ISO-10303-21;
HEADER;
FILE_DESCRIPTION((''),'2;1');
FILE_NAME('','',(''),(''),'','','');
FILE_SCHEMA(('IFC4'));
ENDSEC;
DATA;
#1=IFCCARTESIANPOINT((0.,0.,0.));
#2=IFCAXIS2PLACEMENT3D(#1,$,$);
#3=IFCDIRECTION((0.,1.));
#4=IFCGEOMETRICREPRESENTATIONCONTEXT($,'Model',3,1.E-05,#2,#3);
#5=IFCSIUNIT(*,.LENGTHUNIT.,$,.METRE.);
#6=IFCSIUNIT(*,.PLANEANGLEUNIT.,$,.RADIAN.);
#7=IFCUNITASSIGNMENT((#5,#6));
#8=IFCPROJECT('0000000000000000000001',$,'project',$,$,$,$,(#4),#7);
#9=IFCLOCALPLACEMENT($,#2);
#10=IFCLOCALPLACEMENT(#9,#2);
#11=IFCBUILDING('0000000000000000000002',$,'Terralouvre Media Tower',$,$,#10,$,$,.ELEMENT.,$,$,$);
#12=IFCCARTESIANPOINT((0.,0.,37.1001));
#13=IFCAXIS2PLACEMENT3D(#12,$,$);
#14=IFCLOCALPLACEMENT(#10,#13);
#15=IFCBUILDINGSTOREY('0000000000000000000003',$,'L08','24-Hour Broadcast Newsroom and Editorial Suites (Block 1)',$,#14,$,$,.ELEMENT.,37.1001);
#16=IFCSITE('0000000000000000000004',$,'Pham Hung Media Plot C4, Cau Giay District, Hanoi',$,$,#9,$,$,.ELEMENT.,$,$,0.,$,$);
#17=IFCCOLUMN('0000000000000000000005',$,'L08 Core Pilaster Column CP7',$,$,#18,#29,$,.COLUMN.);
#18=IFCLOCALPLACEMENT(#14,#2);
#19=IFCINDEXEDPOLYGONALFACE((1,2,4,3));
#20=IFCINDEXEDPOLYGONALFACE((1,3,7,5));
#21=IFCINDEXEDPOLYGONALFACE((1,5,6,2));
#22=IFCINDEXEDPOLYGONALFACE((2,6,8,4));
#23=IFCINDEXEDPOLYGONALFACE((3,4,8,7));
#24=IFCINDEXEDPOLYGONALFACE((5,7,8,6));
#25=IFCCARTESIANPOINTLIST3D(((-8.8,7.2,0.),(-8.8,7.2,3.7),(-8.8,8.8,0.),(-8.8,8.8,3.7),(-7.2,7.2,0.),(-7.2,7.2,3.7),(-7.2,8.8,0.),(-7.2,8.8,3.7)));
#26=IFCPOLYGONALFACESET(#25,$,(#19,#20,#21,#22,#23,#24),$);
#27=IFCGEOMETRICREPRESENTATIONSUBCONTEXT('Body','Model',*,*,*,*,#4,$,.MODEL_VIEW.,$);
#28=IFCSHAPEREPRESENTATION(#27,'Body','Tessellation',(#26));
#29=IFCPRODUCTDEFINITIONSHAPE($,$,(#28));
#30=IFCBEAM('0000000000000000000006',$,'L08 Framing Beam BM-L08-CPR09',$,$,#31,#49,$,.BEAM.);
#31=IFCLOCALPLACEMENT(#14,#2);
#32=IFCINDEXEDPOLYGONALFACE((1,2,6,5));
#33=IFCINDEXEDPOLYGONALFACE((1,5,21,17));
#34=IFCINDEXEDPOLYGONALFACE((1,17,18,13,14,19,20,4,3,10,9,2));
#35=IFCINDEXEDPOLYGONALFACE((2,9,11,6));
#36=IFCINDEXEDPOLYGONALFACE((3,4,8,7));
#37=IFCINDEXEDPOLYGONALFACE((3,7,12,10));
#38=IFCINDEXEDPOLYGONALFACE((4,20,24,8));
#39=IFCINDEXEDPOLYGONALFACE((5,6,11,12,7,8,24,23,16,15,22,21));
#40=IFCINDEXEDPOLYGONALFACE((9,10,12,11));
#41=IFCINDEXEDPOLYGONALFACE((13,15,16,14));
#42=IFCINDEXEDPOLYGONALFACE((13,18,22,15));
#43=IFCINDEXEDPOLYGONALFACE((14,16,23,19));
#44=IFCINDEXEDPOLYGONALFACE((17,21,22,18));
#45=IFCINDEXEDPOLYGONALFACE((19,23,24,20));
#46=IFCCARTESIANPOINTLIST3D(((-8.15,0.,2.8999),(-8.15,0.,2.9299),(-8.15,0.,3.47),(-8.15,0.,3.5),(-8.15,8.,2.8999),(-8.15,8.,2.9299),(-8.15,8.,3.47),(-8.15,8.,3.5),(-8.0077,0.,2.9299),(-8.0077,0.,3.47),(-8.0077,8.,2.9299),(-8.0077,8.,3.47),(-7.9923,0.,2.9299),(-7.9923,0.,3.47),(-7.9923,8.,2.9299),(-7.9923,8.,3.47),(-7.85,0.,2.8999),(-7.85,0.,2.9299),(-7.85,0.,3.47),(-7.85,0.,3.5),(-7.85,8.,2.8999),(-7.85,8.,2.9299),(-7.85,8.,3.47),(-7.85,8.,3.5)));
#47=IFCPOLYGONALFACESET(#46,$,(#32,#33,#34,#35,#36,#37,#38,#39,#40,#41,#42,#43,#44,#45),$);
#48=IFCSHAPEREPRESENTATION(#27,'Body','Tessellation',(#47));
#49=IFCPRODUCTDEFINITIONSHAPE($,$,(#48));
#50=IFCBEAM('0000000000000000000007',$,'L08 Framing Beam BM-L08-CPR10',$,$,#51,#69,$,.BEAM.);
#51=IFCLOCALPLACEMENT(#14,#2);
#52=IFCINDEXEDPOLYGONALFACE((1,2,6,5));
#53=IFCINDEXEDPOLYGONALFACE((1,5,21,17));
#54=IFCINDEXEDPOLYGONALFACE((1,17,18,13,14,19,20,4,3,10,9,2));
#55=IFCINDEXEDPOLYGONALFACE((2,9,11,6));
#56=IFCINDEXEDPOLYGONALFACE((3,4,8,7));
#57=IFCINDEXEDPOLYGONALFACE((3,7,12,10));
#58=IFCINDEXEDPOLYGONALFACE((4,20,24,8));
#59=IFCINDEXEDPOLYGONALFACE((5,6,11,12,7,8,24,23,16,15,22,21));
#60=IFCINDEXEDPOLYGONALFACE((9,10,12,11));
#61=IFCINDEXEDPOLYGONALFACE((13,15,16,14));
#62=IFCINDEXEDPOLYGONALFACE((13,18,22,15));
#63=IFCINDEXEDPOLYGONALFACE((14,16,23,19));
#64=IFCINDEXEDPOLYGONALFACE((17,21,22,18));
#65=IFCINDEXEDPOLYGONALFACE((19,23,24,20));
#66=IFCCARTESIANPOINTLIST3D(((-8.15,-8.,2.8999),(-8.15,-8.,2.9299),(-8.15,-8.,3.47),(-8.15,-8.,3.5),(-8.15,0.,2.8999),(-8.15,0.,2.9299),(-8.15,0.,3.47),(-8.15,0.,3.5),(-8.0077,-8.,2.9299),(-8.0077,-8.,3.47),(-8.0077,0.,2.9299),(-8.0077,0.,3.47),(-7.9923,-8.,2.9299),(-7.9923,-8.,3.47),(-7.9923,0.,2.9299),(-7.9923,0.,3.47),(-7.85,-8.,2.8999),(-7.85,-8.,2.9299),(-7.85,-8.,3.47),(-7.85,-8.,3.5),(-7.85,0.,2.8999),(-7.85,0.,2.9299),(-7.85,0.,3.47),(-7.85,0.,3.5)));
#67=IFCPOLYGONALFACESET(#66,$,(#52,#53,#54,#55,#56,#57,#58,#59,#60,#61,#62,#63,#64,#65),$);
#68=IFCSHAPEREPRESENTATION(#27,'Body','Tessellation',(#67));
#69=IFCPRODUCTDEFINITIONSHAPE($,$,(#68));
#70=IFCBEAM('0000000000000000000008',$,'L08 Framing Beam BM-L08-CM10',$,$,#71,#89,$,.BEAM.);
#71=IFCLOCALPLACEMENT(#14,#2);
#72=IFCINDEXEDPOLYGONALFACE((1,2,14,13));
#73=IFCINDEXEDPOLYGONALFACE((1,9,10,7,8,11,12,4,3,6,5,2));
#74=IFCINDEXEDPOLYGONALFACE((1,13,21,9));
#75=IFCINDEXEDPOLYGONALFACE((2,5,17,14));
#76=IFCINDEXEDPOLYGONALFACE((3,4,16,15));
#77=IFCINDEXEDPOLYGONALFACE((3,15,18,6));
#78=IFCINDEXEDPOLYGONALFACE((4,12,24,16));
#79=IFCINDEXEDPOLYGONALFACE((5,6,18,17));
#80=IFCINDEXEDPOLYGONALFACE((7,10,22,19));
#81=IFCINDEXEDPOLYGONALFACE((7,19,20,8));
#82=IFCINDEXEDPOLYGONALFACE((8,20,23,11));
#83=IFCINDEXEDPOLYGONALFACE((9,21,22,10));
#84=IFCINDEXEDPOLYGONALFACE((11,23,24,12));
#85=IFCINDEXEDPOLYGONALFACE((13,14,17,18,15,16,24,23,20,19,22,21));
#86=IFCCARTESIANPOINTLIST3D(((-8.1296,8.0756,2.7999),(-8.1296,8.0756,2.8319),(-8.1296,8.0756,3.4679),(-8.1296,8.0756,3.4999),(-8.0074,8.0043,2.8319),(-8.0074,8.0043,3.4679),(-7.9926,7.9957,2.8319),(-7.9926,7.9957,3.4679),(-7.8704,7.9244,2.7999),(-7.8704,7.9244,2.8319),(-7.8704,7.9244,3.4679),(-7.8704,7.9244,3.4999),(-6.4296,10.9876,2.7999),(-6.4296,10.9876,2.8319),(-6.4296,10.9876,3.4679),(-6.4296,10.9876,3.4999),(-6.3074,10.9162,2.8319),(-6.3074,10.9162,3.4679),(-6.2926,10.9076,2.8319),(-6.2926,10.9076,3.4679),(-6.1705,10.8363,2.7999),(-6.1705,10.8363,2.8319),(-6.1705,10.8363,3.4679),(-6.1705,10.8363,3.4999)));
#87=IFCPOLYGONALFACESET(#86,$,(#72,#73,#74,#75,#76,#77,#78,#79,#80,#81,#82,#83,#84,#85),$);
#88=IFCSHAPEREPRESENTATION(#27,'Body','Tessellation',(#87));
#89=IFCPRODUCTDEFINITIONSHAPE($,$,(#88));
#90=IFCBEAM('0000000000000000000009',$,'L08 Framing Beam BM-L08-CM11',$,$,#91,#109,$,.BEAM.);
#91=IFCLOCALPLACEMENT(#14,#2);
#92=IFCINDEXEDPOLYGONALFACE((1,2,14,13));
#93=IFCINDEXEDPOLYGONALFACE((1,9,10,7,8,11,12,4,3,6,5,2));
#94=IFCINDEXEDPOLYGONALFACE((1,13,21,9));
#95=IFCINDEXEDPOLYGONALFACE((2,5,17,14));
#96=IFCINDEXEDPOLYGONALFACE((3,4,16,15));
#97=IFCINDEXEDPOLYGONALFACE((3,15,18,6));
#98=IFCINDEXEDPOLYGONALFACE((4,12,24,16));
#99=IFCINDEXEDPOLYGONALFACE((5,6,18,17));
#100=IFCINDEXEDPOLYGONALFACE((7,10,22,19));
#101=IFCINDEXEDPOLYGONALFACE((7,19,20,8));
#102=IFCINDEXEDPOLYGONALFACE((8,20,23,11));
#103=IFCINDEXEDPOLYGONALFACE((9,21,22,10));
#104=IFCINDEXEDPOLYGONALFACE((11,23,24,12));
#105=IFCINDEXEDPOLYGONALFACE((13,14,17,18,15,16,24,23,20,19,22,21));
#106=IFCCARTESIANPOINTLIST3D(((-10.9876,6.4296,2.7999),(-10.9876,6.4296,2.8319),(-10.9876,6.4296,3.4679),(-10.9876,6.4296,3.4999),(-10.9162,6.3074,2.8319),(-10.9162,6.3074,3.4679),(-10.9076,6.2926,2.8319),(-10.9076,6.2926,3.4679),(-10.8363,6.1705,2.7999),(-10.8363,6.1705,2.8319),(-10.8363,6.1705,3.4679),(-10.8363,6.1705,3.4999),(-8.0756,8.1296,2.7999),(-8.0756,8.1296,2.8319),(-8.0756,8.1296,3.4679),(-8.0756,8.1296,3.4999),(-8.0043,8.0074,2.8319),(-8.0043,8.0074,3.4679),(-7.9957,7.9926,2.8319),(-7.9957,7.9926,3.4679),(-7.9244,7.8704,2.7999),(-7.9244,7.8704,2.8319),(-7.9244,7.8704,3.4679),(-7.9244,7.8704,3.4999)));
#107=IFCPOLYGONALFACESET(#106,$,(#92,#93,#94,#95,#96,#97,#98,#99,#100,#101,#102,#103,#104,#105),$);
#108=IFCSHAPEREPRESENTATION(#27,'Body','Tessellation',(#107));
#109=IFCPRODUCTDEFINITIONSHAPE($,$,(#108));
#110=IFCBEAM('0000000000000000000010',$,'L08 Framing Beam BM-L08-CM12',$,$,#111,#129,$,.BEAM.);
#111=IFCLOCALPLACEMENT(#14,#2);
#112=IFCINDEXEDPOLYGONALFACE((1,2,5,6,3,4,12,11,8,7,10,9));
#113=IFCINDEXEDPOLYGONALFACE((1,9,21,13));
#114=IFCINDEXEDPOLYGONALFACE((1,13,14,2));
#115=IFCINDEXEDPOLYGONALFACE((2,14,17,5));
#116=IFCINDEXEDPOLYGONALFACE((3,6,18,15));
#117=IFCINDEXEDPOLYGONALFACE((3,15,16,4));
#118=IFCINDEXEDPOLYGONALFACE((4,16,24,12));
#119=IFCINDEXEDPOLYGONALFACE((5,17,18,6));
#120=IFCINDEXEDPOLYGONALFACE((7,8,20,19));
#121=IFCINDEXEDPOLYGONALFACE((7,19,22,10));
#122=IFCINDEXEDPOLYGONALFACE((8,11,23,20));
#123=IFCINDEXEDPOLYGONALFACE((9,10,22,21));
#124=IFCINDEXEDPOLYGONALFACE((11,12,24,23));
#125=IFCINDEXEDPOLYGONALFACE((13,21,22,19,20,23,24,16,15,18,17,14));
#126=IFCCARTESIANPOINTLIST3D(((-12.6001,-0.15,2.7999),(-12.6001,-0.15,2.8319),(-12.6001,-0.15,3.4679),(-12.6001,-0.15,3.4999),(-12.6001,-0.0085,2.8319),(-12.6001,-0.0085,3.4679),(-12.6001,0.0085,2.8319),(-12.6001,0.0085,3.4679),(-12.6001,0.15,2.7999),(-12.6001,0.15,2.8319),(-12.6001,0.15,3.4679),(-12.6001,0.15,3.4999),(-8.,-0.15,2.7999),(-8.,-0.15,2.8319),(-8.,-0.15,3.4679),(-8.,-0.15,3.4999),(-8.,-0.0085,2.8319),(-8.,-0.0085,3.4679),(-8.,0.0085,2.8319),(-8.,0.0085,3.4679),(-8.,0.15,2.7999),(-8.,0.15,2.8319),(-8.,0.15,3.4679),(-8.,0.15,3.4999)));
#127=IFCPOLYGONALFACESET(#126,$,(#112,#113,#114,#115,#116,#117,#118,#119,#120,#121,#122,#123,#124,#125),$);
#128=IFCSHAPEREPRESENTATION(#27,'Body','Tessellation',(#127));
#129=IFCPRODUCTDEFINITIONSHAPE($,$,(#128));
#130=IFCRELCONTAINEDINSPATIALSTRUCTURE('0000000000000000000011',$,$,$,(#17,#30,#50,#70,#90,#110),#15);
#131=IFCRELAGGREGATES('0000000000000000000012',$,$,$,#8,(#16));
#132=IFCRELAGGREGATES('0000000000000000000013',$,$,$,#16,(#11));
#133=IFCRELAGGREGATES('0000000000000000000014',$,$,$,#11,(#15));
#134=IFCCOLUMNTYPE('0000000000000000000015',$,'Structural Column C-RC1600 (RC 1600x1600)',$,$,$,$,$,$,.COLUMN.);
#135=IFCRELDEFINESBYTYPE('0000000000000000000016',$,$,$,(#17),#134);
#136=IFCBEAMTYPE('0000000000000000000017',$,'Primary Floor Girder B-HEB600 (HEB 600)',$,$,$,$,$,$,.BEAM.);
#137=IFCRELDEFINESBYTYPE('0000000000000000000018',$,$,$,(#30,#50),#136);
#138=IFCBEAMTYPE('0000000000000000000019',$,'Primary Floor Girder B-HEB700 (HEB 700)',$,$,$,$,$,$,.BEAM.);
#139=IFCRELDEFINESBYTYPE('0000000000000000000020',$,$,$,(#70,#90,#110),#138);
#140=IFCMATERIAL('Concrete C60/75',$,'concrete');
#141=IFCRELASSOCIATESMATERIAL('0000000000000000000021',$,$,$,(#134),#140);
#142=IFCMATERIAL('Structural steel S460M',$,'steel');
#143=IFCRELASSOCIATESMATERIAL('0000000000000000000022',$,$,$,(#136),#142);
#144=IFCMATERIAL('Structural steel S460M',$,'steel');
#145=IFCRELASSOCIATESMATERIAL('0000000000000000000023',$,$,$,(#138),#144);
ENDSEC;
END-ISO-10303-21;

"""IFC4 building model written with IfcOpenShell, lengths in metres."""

from ifc_helpers import new_model, si_unit, direction, frame, origin, origin_2d, place, context, subcontext, project, spatial, rectangle, i_section, extrude, material, material_profile, profile_set, type_object, element, save


model = new_model("IFC4")

# Units and contexts
model_context = context("Model", 3, precision=1e-05, world=origin(), true_north=direction((0.0, 1.0)))
body_context = subcontext(model_context, "Body", "Model", "MODEL_VIEW")
ifc_project = project(units=[si_unit("LENGTHUNIT", "METRE"), si_unit("PLANEANGLEUNIT", "RADIAN")], contexts=[model_context])

# Site, building, storey
site_placement = place(None, origin())
site = spatial("IfcSite", under=ifc_project, at=site_placement, Name="Pham Hung Media Plot C4, Cau Giay District, Hanoi", CompositionType="ELEMENT", RefElevation=0.0)
building_placement = place(site_placement, origin())
building = spatial("IfcBuilding", under=site, at=building_placement, Name="Terralouvre Media Tower", CompositionType="ELEMENT")
storey_placement = place(building_placement, frame((0.0, 0.0, 37.1001)))
storey = spatial("IfcBuildingStorey", under=building, at=storey_placement, Name="L08", Description="24-Hour Broadcast Newsroom and Editorial Suites (Block 1)", CompositionType="ELEMENT", Elevation=37.1001)

# Column
ifc_material_1 = material(Name="Concrete C60/75", Category="concrete")
ifc_material_profile_1 = material_profile(ifc_material_1, rectangle(XDim=1.6001, YDim=1.6001, at=origin_2d()), Name="RC 1600x1600")
ifc_profile_set_1 = profile_set([ifc_material_profile_1], Name="Concrete C60/75")
column_type = type_object("IfcColumnType", Name="Structural Column C-RC1600 (RC 1600x1600)", PredefinedType="COLUMN", material=ifc_profile_set_1)
column_placement = place(storey_placement, frame((-8.0, 8.0, 0.0), z_axis=(0.0, 0.0, 1.0), x_axis=(1.0, 0.0, 0.0)))
element("IfcColumn", 1, at=column_placement, inside=storey, type_object=column_type, Name="L08 Core Pilaster Column CP7", PredefinedType="COLUMN", context=body_context, shape_type="SweptSolid", body=[
    extrude(rectangle(XDim=1.6001, YDim=1.6001, at=origin_2d()), origin(), (0.0, 0.0, 1.0), 3.7),
])

# Beams
ifc_material_2 = material(Name="Structural steel S460M", Category="steel")
ifc_material_profile_2 = material_profile(ifc_material_2, i_section(OverallWidth=0.3, OverallDepth=0.6001, WebThickness=0.0154, FlangeThickness=0.03, at=origin_2d()), Name="HEB 600")
ifc_profile_set_2 = profile_set([ifc_material_profile_2], Name="Structural steel S460M")
beam_type_1 = type_object("IfcBeamType", Name="Primary Floor Girder B-HEB600 (HEB 600)", PredefinedType="BEAM", material=ifc_profile_set_2)
for number, where, z_axis, x_axis, name in (
    (2, (-8.0, 8.0, 3.2), (0.0, -1.0, 0.0), (1.0, 0.0, 0.0), "L08 Framing Beam BM-L08-CPR09"),
    (3, (-8.0, 0.0, 3.2), (0.0, -1.0, 0.0), (1.0, 0.0, 0.0), "L08 Framing Beam BM-L08-CPR10"),
):
    element("IfcBeam", number, at=place(storey_placement, frame(where, z_axis=z_axis, x_axis=x_axis)), inside=storey, type_object=beam_type_1, Name=name, PredefinedType="BEAM", context=body_context, shape_type="SweptSolid", body=[
        extrude(i_section(OverallWidth=0.3, OverallDepth=0.6001, WebThickness=0.0154, FlangeThickness=0.03, at=origin_2d()), origin(), (0.0, 0.0, 1.0), 8.0),
    ])
ifc_material_3 = material(Name="Structural steel S460M", Category="steel")
ifc_material_profile_3 = material_profile(ifc_material_3, i_section(OverallWidth=0.3, OverallDepth=0.7, WebThickness=0.0171, FlangeThickness=0.032, at=origin_2d()), Name="HEB 700")
ifc_profile_set_3 = profile_set([ifc_material_profile_3], Name="Structural steel S460M")
beam_type_2 = type_object("IfcBeamType", Name="Primary Floor Girder B-HEB700 (HEB 700)", PredefinedType="BEAM", material=ifc_profile_set_3)
for number, where, z_axis, x_axis, name in (
    (4, (-8.0, 8.0, 3.1499), (0.504173, 0.863603, 0.0), (-0.863603, 0.504173, 0.0), "L08 Framing Beam BM-L08-CM10"),
    (5, (-8.0, 8.0, 3.1499), (-0.863603, -0.504173, 0.0), (0.504173, -0.863603, 0.0), "L08 Framing Beam BM-L08-CM11"),
):
    element("IfcBeam", number, at=place(storey_placement, frame(where, z_axis=z_axis, x_axis=x_axis)), inside=storey, type_object=beam_type_2, Name=name, PredefinedType="BEAM", context=body_context, shape_type="SweptSolid", body=[
        extrude(i_section(OverallWidth=0.3, OverallDepth=0.7, WebThickness=0.0171, FlangeThickness=0.032, at=origin_2d()), origin(), (0.0, 0.0, 1.0), 3.3718),
    ])
beam_placement = place(storey_placement, frame((-8.0, 0.0, 3.1499), z_axis=(-1.0, 0.0, 0.0), x_axis=(0.0, -1.0, 0.0)))
element("IfcBeam", 6, at=beam_placement, inside=storey, type_object=beam_type_2, Name="L08 Framing Beam BM-L08-CM12", PredefinedType="BEAM", context=body_context, shape_type="SweptSolid", body=[
    extrude(i_section(OverallWidth=0.3, OverallDepth=0.7, WebThickness=0.0171, FlangeThickness=0.032, at=origin_2d()), origin(), (0.0, 0.0, 1.0), 4.6001),
])

save(model, "model.ifc")
